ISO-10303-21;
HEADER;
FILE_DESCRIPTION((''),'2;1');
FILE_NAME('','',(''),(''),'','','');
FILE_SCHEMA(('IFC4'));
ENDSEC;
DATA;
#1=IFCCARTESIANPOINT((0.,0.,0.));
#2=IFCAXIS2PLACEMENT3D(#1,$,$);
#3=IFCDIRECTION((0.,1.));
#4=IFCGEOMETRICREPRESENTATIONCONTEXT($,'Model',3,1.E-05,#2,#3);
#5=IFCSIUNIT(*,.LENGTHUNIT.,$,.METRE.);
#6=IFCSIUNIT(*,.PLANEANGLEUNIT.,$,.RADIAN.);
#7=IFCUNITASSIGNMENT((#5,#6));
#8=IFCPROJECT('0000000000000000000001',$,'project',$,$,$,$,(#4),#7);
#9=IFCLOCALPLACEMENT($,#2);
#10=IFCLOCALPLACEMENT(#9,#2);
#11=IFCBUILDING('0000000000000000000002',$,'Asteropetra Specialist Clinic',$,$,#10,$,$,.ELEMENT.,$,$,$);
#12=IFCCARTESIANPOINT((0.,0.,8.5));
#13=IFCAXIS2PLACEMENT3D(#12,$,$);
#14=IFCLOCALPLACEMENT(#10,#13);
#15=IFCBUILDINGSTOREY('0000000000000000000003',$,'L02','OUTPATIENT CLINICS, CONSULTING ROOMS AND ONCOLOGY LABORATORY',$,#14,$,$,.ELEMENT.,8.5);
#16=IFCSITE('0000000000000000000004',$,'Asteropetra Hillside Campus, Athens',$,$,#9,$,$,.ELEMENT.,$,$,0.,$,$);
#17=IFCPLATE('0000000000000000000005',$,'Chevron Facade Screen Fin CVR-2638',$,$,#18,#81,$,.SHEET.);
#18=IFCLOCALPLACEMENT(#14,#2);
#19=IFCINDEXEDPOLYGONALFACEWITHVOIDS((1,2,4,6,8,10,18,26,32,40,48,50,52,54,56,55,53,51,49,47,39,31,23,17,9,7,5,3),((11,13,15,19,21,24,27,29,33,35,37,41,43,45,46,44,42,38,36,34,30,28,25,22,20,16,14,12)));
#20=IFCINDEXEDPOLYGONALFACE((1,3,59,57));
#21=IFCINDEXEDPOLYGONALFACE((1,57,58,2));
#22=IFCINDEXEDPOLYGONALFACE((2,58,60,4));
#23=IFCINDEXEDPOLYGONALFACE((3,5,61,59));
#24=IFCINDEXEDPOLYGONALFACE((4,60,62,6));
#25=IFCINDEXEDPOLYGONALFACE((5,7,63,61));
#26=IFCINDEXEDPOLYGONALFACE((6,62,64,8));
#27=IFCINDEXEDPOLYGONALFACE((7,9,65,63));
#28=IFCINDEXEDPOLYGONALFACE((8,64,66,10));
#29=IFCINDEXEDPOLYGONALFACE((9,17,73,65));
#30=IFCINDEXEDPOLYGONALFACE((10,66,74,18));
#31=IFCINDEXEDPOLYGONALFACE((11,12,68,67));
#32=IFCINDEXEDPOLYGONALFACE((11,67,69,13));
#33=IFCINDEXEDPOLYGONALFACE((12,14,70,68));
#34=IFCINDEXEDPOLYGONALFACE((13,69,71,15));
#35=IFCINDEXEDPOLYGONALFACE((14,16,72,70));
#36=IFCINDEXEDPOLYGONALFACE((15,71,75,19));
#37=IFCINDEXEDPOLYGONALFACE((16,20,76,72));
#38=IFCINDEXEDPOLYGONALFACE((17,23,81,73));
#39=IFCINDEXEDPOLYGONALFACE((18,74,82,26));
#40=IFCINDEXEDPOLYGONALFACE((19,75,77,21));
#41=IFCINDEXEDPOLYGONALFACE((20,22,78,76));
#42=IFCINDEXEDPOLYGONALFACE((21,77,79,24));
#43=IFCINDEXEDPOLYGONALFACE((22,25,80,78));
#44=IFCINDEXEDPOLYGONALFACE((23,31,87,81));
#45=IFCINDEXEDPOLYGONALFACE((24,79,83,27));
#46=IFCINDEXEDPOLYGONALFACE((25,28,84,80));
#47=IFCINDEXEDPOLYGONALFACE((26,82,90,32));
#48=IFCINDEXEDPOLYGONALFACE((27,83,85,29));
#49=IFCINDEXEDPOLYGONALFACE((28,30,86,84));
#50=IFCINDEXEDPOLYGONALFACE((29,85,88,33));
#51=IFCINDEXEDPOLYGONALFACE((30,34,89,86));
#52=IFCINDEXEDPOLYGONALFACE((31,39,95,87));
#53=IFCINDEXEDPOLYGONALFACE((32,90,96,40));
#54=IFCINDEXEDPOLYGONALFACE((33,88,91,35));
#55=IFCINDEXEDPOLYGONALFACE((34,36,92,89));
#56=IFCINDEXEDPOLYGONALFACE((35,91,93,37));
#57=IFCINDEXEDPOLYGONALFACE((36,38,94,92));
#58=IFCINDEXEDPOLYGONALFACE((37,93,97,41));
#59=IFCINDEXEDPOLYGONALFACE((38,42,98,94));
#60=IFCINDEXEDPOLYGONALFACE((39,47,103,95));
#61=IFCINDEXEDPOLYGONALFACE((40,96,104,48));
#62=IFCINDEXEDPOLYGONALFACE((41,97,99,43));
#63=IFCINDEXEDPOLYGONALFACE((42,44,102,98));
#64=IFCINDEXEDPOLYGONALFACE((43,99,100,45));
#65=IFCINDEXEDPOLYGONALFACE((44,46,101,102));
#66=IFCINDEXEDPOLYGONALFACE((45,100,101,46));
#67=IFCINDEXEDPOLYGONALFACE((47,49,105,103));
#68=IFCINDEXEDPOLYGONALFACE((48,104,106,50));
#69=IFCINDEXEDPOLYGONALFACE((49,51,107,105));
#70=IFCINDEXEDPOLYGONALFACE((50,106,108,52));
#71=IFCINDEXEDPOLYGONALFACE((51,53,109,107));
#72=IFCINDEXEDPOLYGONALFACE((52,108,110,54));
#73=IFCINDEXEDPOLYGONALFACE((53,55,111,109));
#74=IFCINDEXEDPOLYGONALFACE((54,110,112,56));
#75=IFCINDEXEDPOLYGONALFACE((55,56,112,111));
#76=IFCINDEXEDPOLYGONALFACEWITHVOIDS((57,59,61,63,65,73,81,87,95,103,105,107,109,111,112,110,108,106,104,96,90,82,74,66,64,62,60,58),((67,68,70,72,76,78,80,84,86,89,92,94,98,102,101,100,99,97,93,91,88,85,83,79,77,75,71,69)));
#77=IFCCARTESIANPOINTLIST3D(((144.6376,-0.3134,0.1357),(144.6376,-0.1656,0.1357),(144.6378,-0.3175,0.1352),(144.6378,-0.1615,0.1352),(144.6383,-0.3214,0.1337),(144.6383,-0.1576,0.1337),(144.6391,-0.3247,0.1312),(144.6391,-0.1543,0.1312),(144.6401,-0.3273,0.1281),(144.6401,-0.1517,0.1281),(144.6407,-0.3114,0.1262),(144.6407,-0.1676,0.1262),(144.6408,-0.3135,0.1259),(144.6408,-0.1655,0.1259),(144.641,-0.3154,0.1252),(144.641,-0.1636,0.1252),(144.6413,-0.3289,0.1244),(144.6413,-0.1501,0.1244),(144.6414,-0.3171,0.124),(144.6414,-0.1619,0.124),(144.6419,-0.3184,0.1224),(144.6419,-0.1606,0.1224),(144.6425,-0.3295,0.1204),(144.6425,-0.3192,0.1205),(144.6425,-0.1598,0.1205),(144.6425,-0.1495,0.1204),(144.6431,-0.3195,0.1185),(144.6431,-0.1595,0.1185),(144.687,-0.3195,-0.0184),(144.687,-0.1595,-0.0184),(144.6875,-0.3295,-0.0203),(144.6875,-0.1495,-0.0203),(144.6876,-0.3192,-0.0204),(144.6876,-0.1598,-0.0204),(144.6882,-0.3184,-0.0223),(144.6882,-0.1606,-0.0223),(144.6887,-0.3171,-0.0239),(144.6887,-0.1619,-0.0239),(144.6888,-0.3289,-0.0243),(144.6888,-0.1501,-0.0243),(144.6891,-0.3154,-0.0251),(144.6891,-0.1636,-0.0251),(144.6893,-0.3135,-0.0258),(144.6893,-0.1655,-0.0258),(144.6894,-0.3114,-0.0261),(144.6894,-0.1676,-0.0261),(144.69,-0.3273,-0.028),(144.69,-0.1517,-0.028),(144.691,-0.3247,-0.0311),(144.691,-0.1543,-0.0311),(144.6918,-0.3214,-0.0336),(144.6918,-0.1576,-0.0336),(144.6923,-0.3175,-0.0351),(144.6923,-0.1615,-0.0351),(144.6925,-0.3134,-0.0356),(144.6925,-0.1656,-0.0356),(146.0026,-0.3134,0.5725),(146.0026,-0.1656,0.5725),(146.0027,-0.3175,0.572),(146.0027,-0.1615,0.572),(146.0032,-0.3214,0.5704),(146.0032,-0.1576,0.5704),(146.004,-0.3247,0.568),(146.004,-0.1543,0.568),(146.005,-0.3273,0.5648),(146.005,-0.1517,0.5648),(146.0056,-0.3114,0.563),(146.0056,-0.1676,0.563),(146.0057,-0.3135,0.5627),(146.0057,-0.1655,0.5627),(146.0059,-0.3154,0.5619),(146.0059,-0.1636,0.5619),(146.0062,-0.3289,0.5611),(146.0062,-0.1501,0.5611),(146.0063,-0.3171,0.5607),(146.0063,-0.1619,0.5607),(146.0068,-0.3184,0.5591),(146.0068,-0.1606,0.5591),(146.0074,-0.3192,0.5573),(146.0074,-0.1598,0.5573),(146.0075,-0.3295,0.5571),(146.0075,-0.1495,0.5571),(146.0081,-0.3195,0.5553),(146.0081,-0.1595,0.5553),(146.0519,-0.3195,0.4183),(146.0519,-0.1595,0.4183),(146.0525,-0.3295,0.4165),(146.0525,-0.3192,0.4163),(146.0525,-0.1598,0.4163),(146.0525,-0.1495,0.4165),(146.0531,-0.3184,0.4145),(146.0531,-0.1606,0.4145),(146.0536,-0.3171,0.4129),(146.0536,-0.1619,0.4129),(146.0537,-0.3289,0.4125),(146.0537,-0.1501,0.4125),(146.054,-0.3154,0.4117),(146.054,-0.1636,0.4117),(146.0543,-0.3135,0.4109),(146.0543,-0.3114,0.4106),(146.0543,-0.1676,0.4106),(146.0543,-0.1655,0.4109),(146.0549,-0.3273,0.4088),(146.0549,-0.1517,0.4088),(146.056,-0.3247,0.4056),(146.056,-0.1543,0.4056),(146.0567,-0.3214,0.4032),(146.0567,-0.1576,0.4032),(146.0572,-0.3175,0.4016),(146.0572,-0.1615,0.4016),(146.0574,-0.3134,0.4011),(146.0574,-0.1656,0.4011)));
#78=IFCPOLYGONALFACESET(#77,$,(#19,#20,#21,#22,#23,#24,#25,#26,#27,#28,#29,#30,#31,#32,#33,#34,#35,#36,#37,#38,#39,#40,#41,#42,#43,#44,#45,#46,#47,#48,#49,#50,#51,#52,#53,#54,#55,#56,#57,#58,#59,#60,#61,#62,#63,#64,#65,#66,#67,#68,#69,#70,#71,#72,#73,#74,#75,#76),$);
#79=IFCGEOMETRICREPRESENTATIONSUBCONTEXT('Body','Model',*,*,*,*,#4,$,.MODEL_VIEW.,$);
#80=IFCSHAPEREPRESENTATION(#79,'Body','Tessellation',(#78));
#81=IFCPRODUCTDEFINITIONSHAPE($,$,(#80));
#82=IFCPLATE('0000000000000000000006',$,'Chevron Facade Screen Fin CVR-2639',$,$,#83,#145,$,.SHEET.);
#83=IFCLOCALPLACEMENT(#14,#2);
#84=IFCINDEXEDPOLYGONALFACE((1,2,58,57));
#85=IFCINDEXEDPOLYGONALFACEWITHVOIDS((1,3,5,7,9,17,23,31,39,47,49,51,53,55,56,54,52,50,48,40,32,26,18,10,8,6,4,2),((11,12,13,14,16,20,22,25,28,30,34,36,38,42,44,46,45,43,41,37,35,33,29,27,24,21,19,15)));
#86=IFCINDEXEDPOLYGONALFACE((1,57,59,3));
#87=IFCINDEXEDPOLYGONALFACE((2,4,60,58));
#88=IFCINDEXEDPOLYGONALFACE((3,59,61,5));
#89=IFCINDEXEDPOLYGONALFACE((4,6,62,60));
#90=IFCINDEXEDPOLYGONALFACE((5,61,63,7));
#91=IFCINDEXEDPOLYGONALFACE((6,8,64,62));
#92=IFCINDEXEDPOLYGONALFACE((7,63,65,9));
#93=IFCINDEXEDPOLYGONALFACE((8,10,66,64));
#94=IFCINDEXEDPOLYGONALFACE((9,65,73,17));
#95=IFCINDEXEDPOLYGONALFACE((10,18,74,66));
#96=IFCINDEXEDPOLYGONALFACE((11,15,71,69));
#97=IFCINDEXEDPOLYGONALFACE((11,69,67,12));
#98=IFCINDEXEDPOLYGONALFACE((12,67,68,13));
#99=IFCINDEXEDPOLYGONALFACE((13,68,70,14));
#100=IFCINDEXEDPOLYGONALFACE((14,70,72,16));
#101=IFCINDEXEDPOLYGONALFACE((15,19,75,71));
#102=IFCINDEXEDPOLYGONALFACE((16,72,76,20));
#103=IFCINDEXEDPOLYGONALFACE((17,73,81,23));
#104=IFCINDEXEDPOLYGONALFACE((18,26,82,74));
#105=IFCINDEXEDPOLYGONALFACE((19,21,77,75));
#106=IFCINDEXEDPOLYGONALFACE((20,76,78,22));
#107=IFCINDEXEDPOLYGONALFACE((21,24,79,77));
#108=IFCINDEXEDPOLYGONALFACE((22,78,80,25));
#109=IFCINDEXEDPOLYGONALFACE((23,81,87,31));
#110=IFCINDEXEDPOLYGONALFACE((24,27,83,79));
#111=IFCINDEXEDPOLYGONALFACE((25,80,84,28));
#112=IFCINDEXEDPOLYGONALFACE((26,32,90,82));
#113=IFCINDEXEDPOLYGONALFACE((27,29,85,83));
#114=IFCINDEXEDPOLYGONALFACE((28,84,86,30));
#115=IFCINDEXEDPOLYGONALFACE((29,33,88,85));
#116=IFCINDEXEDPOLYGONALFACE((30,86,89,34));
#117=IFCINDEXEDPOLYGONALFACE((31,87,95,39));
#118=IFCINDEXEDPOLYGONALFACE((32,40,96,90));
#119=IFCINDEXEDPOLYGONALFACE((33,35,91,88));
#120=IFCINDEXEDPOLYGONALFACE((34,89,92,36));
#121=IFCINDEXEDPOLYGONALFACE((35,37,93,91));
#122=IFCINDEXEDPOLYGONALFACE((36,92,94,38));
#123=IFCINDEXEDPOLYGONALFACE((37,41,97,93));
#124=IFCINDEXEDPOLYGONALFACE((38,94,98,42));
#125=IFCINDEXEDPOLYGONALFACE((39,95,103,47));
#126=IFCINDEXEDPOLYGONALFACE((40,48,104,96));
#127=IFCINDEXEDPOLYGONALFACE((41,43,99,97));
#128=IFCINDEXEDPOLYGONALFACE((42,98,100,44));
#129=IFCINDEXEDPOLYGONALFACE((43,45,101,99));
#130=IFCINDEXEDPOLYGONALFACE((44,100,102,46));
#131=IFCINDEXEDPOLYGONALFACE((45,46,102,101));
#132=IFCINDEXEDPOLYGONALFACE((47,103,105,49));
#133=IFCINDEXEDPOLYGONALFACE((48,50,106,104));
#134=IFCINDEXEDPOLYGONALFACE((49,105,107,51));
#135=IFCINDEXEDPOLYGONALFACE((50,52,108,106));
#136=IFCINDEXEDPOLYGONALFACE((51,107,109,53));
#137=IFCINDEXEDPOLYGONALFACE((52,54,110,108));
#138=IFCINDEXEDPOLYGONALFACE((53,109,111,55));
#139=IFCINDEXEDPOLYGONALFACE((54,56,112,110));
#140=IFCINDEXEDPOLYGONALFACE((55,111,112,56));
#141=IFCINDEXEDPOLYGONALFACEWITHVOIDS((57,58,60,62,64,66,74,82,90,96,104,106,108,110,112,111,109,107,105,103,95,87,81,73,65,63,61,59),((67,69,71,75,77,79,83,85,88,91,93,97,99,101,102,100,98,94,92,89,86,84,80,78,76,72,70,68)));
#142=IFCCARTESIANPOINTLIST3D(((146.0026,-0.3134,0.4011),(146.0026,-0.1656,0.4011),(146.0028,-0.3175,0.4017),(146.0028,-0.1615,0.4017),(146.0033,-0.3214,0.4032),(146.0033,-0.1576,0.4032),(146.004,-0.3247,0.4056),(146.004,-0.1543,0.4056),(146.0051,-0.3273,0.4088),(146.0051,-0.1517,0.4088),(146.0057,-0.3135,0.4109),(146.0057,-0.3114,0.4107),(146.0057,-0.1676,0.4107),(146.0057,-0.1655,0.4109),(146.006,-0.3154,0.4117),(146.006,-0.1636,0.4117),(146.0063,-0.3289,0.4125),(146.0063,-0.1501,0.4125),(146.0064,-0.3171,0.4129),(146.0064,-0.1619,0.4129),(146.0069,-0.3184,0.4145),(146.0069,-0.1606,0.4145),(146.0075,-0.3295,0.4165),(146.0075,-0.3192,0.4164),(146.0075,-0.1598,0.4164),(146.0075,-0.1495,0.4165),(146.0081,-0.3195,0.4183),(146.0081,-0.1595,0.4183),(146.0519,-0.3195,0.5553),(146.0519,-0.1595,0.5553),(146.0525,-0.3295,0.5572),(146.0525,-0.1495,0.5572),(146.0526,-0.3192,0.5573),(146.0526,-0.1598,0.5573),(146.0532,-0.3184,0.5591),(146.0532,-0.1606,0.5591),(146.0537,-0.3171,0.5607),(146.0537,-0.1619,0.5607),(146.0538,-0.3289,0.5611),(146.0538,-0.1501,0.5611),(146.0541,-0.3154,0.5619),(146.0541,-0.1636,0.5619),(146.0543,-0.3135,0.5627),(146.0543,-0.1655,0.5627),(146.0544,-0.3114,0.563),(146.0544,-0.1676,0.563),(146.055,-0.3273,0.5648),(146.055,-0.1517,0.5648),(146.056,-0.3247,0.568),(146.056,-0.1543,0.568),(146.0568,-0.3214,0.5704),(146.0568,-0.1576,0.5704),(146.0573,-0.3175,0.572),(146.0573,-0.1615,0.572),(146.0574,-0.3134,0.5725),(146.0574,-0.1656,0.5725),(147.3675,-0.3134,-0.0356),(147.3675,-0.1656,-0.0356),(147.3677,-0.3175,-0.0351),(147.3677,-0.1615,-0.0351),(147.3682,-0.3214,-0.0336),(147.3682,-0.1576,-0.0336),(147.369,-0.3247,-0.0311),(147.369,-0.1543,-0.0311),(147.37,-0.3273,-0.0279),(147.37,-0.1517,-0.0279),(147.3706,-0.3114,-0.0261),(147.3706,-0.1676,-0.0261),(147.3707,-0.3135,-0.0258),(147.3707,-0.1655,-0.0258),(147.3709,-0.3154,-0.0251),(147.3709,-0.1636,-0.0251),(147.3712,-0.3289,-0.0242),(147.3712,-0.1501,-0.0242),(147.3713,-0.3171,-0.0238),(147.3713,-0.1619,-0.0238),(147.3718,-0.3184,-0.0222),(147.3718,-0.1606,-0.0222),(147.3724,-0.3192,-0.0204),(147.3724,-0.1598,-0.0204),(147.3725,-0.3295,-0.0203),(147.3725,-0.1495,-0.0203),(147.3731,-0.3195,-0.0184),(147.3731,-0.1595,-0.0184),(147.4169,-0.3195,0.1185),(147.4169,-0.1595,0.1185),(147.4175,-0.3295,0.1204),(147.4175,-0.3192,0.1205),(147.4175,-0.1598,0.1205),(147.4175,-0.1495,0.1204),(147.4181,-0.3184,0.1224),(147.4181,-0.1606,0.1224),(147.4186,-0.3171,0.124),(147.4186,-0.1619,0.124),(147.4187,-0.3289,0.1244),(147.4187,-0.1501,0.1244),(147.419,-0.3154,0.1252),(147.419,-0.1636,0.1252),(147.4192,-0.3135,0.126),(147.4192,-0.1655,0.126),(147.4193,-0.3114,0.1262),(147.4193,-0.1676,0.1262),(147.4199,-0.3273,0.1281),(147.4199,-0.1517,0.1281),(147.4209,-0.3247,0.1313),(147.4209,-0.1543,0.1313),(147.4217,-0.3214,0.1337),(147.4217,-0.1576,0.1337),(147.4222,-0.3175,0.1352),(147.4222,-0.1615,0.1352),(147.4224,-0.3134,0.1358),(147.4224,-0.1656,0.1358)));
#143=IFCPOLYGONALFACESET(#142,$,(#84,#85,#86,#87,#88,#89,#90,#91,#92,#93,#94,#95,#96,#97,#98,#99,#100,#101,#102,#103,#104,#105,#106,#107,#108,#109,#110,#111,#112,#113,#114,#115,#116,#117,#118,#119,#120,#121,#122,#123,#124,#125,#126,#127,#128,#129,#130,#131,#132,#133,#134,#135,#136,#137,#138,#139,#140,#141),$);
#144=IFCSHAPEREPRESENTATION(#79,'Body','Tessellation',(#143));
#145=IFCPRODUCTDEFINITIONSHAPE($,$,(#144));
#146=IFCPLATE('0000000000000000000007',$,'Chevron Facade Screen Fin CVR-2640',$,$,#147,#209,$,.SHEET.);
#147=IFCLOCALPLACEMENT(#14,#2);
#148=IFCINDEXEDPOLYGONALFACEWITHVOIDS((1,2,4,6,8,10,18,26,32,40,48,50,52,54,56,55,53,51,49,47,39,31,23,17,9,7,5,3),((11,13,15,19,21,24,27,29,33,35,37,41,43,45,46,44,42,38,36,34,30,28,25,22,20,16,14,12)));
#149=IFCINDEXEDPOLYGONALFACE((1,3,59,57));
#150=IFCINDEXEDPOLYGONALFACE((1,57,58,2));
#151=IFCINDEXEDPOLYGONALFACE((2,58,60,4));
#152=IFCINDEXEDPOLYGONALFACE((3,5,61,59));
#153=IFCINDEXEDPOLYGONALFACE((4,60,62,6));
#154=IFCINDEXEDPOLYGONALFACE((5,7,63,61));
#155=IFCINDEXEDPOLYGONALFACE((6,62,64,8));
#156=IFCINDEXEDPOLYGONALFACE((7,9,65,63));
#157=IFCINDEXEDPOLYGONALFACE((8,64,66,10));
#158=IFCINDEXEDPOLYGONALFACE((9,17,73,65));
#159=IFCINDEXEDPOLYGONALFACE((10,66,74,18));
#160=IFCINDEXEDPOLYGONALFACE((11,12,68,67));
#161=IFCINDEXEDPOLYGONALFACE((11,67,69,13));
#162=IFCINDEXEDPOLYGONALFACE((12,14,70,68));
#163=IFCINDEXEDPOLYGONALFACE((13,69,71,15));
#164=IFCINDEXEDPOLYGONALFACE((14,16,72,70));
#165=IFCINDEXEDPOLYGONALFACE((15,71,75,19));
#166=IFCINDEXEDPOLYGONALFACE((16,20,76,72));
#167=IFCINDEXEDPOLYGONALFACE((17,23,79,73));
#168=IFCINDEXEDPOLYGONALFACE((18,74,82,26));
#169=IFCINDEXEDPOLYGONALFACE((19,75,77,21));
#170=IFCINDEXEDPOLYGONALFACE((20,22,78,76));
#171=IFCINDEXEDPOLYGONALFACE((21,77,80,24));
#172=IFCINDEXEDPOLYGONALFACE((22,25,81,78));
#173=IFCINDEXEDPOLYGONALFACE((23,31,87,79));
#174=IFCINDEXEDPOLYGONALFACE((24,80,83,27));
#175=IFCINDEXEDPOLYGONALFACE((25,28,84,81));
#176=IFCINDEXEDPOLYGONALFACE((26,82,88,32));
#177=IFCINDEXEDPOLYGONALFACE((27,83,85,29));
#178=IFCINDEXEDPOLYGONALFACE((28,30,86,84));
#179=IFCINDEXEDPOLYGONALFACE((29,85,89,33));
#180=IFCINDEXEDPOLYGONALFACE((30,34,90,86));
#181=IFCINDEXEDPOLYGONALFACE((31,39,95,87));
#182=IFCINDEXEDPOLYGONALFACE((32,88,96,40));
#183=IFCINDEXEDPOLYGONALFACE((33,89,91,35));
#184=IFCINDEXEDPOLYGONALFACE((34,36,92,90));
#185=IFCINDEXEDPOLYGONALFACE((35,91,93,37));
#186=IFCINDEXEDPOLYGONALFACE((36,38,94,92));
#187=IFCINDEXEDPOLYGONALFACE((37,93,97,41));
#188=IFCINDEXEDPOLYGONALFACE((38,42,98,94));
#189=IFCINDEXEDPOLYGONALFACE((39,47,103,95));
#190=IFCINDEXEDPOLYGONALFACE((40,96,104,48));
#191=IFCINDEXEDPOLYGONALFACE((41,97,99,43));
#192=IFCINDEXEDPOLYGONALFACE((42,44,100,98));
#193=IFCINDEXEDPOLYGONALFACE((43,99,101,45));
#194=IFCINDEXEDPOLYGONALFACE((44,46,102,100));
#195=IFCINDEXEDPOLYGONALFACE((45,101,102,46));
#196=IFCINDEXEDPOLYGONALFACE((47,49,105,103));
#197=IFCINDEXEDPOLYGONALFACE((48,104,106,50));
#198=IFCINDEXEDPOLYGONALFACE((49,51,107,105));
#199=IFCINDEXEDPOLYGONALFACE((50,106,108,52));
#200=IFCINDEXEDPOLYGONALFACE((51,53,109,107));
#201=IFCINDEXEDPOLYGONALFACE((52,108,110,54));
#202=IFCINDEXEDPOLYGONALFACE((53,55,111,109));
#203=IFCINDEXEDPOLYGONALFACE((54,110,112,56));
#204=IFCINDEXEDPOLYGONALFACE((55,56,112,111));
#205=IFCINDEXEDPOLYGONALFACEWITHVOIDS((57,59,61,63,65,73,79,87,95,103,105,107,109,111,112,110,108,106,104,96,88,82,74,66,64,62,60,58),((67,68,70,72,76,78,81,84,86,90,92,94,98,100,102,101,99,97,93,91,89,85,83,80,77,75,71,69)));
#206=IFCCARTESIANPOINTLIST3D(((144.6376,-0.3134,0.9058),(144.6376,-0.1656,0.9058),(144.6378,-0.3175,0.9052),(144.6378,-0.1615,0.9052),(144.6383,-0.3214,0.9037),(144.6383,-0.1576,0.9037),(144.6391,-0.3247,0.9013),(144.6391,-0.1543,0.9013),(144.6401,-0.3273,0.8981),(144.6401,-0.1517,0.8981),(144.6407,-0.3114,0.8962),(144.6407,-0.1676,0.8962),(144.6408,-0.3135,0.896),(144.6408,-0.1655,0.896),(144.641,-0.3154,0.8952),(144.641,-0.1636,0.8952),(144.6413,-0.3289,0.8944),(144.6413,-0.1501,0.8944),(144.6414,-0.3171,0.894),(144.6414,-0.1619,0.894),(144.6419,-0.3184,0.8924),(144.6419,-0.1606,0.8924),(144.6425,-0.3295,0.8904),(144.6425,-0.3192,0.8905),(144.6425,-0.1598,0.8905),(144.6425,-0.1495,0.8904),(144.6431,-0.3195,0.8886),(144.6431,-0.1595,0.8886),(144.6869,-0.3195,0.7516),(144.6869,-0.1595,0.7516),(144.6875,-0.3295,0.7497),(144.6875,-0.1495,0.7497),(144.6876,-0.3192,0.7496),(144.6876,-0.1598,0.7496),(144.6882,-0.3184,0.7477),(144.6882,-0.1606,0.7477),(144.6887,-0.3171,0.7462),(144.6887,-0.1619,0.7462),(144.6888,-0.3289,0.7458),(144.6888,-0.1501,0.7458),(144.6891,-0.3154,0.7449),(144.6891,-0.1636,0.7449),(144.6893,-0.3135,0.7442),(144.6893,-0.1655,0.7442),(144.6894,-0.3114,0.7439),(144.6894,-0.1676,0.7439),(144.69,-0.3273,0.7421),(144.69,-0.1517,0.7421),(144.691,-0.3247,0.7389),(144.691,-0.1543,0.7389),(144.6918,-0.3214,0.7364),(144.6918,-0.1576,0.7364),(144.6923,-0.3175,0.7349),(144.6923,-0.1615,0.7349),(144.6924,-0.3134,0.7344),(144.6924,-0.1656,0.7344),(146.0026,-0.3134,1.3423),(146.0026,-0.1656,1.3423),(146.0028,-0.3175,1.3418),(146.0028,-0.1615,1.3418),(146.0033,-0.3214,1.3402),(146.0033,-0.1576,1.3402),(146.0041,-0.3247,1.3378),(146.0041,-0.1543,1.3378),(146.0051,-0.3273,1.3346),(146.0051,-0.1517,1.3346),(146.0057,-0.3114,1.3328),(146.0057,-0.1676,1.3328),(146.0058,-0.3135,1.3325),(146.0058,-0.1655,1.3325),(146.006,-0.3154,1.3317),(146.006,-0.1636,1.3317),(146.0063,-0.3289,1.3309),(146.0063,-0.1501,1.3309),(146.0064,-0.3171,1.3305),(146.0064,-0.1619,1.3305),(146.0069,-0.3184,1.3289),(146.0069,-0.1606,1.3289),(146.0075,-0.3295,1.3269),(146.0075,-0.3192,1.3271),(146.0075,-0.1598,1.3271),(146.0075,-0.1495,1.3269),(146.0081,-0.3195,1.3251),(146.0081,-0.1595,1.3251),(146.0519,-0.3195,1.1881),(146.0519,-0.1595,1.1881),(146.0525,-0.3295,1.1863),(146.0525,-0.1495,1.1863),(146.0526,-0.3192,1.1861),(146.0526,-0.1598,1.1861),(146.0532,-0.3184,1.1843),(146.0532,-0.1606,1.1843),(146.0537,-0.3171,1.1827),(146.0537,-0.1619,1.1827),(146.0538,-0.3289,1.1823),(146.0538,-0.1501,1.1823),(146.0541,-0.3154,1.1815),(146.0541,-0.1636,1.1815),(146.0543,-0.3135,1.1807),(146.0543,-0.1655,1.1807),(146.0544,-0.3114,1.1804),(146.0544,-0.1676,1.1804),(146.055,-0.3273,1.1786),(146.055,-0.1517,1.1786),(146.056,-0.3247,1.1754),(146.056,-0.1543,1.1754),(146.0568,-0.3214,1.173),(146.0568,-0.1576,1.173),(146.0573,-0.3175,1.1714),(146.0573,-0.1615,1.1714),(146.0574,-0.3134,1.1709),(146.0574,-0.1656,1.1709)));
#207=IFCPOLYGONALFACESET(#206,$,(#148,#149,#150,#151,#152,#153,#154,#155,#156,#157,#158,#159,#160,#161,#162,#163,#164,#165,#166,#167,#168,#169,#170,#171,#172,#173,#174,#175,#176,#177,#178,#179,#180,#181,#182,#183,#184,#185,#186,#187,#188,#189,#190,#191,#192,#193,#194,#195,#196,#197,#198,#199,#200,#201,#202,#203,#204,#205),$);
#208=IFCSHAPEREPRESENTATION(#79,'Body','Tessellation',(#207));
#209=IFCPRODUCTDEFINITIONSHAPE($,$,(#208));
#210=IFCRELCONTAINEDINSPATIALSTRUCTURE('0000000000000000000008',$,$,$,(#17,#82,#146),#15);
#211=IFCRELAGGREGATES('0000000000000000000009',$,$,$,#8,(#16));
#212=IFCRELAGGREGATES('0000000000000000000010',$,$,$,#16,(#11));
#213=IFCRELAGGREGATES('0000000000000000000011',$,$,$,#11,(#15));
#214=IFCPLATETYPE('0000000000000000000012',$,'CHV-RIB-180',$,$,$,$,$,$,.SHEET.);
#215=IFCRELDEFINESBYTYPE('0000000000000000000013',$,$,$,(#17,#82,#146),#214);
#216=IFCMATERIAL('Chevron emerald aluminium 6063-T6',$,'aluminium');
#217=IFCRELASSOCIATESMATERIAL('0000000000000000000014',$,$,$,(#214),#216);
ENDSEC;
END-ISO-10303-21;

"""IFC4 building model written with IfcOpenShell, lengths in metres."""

from ifc_helpers import new_model, si_unit, direction, frame, origin, origin_2d, place, context, subcontext, project, spatial, hollow_rectangle, extrude, material, material_profile, profile_set, type_object, element, save


model = new_model("IFC4")

# Units and contexts
model_context = context("Model", 3, precision=1e-05, world=origin(), true_north=direction((0.0, 1.0)))
body_context = subcontext(model_context, "Body", "Model", "MODEL_VIEW")
ifc_project = project(units=[si_unit("LENGTHUNIT", "METRE"), si_unit("PLANEANGLEUNIT", "RADIAN")], contexts=[model_context])

# Site, building, storey
site_placement = place(None, origin())
site = spatial("IfcSite", under=ifc_project, at=site_placement, Name="Asteropetra Hillside Campus, Athens", CompositionType="ELEMENT", RefElevation=0.0)
building_placement = place(site_placement, origin())
building = spatial("IfcBuilding", under=site, at=building_placement, Name="Asteropetra Specialist Clinic", CompositionType="ELEMENT")
storey_placement = place(building_placement, frame((0.0, 0.0, 8.5)))
storey = spatial("IfcBuildingStorey", under=building, at=storey_placement, Name="L02", Description="OUTPATIENT CLINICS, CONSULTING ROOMS AND ONCOLOGY LABORATORY", CompositionType="ELEMENT", Elevation=8.5)

# Plates
ifc_material_1 = material(Name="Chevron emerald aluminium 6063-T6", Category="aluminium")
ifc_material_profile_1 = material_profile(ifc_material_1, hollow_rectangle(XDim=0.1799, YDim=0.1799, WallThickness=0.01, InnerFilletRadius=0.0081, OuterFilletRadius=0.0161, at=origin_2d()), Name="SHS 180x180x10.0")
ifc_profile_set_1 = profile_set([ifc_material_profile_1], Name="Chevron emerald aluminium 6063-T6")
plate_type = type_object("IfcPlateType", Name="CHV-RIB-180", PredefinedType="SHEET", material=ifc_profile_set_1)
for number, where, z_axis, x_axis, name in (
    (1, (144.665, -0.2395, 0.05), (0.95243, 0.0, 0.304757), (0.0, 1.0, 0.0), "Chevron Facade Screen Fin CVR-2638"),
    (2, (146.03, -0.2395, 0.4868), (0.95243, 0.0, -0.304757), (0.0, 1.0, 0.0), "Chevron Facade Screen Fin CVR-2639"),
    (3, (144.665, -0.2395, 0.8201), (0.95248, 0.0, 0.304603), (0.0, 1.0, 0.0), "Chevron Facade Screen Fin CVR-2640"),
):
    element("IfcPlate", number, at=place(storey_placement, frame(where, z_axis=z_axis, x_axis=x_axis)), inside=storey, type_object=plate_type, Name=name, PredefinedType="SHEET", context=body_context, shape_type="SweptSolid", body=[
        extrude(hollow_rectangle(XDim=0.1799, YDim=0.1799, WallThickness=0.01, InnerFilletRadius=0.0081, OuterFilletRadius=0.0161, at=origin_2d()), origin(), (0.0, 0.0, 1.0), 1.4331),
    ])

save(model, "model.ifc")
